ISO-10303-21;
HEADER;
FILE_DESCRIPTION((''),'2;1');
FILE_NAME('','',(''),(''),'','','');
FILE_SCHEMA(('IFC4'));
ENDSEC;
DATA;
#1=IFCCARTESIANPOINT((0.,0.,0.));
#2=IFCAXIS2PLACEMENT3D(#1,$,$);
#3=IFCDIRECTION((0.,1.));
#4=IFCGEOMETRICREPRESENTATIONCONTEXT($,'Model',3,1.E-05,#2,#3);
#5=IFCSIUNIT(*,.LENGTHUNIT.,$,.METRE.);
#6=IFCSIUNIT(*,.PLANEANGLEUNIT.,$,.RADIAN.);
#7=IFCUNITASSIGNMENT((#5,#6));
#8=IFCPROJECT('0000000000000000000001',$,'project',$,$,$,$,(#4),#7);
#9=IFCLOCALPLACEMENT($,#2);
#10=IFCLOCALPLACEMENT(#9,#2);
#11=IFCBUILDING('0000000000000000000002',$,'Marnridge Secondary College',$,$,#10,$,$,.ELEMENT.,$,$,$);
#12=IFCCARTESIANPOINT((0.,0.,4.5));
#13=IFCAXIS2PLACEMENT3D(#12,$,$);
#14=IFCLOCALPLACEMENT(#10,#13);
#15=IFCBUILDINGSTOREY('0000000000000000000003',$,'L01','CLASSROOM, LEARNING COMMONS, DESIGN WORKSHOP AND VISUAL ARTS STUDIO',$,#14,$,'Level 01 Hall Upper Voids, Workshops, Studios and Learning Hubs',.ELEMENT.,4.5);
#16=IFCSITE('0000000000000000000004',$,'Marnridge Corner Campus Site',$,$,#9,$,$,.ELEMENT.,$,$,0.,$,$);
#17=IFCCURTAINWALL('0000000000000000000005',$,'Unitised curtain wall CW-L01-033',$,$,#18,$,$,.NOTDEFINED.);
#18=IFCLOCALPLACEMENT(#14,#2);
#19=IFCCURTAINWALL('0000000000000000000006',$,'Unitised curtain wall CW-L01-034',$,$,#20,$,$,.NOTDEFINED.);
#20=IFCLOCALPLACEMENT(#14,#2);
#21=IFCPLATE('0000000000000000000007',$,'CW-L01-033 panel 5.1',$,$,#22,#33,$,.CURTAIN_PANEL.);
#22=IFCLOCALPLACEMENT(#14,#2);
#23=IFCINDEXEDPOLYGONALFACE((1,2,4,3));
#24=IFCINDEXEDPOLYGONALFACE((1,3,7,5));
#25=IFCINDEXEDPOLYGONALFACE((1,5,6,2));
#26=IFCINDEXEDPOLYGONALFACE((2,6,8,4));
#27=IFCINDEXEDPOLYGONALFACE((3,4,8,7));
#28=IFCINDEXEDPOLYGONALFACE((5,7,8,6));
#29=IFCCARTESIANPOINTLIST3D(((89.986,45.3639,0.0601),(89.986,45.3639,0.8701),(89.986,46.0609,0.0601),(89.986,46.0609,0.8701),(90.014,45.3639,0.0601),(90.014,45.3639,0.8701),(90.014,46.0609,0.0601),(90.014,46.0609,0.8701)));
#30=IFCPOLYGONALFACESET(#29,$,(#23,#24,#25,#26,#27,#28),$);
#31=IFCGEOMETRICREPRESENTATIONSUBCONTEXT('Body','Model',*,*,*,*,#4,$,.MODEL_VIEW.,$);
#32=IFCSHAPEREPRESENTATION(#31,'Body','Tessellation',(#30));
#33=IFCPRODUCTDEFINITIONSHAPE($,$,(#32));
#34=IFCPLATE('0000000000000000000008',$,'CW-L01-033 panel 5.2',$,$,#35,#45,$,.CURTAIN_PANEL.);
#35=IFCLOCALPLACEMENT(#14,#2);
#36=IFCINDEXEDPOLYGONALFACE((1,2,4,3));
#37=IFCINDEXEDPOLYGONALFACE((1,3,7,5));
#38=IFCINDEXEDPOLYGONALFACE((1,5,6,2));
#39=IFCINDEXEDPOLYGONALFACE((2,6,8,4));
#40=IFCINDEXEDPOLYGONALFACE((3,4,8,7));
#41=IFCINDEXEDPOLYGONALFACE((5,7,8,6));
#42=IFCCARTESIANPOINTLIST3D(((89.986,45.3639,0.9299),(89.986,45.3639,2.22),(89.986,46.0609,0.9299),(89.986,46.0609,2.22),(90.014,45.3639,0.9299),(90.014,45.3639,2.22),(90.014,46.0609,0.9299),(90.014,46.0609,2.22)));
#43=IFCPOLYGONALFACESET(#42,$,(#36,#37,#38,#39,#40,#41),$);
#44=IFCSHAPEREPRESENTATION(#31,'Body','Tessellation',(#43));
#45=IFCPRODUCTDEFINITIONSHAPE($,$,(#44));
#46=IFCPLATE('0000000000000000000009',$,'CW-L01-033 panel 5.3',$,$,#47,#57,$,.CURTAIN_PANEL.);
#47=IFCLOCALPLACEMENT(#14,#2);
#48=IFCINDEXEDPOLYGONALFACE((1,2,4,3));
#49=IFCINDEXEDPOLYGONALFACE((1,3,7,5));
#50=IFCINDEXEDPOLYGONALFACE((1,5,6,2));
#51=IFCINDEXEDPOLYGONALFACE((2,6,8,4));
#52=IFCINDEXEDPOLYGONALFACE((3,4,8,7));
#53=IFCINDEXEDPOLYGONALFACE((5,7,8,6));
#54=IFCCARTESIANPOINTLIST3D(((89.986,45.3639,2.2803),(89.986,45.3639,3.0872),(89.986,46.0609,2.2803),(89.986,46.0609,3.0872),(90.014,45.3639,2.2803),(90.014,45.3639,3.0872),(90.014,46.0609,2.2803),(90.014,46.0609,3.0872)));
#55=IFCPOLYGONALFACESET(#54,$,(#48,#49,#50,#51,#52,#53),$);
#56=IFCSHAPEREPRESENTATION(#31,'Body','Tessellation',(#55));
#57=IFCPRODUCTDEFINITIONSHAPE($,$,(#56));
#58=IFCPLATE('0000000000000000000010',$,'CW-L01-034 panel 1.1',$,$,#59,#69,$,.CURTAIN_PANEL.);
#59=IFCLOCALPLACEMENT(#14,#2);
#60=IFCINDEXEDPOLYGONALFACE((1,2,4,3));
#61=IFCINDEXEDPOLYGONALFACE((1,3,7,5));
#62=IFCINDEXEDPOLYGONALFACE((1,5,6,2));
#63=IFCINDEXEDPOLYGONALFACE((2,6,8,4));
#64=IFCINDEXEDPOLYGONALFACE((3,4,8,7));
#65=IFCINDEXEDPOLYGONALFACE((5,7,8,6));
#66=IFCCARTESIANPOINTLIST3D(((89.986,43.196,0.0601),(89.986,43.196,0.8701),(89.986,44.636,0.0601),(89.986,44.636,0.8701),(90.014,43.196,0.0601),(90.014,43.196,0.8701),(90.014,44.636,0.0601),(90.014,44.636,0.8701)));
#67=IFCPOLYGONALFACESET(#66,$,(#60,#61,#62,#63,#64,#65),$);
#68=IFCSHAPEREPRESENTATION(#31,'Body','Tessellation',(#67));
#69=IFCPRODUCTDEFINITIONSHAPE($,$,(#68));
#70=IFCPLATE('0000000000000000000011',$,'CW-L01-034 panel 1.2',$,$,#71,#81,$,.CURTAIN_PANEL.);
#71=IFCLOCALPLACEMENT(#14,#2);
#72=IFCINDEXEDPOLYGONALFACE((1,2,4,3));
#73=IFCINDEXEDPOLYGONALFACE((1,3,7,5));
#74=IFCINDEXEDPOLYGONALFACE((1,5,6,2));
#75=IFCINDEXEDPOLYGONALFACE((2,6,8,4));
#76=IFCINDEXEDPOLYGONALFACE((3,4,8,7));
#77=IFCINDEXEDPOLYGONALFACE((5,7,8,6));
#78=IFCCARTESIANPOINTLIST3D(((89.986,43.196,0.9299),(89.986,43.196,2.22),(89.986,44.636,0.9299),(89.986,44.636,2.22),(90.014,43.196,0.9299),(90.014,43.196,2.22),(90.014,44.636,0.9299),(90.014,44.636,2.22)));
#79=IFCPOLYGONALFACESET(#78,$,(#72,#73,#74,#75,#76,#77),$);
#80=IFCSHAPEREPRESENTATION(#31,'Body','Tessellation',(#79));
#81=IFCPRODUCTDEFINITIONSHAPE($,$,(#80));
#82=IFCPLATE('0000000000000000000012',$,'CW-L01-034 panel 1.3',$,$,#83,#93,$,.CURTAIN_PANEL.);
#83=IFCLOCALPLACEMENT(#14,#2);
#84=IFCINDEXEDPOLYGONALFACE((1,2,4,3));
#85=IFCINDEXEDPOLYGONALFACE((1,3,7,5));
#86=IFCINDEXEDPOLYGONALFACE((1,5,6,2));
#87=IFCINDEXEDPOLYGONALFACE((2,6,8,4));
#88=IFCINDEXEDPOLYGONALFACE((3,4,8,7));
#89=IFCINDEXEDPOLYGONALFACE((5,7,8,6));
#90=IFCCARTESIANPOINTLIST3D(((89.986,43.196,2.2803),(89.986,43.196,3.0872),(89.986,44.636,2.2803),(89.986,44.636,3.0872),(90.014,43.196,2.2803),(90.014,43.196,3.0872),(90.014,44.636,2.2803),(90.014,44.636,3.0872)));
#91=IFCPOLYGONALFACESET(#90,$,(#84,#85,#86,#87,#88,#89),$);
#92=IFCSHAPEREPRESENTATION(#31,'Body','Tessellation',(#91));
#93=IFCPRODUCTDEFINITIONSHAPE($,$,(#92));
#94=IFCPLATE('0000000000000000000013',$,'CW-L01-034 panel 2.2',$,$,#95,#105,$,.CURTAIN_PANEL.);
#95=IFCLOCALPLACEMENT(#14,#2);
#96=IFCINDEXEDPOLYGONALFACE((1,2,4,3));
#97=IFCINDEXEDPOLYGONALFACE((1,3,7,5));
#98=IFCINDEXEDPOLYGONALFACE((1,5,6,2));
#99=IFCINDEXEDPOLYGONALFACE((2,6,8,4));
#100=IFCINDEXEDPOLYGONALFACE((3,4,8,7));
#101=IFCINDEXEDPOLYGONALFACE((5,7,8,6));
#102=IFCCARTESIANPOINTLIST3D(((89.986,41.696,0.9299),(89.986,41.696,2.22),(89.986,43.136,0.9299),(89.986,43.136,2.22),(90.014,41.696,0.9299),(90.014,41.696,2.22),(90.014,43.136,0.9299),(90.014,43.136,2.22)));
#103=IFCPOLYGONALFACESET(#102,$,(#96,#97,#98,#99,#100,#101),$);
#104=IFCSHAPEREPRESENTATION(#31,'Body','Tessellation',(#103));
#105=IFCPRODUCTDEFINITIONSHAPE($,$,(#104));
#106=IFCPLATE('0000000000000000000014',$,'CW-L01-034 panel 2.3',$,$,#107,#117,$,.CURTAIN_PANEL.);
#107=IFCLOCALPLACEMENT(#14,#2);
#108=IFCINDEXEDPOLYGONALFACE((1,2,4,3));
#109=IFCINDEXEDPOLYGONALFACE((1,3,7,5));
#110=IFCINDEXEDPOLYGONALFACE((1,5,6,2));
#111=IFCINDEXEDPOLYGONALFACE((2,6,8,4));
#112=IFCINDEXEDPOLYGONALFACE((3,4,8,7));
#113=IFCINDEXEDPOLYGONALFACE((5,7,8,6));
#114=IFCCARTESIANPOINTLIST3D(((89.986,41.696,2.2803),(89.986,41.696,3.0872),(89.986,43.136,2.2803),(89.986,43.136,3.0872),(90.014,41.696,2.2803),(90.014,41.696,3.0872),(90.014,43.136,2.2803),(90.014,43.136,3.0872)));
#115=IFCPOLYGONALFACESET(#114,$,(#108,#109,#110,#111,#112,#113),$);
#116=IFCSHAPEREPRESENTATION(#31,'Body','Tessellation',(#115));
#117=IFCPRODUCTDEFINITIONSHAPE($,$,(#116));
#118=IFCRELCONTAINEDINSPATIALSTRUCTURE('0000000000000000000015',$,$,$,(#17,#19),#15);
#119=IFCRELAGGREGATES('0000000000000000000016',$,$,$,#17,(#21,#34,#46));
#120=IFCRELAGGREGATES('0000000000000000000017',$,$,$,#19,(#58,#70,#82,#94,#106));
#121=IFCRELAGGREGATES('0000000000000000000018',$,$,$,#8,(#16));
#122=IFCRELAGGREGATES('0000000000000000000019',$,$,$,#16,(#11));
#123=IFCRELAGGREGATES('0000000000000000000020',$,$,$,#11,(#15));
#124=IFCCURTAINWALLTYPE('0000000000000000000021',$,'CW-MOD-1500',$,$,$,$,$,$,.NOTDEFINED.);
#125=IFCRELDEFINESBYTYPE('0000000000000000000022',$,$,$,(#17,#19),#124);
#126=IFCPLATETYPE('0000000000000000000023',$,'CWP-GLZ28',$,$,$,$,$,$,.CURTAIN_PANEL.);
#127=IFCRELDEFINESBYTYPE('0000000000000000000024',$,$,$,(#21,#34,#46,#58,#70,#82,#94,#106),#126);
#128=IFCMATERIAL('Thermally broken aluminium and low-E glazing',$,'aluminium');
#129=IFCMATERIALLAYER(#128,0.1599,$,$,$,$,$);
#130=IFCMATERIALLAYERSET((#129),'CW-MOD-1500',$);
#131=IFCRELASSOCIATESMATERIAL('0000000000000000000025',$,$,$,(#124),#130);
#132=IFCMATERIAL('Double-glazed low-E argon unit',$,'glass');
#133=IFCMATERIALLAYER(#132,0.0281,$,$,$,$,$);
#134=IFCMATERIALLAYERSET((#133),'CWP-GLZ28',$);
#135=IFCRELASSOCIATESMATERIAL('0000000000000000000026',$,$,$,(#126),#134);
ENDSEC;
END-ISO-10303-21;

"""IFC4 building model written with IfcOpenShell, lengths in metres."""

from ifc_helpers import new_model, si_unit, direction, frame, origin, origin_2d, place, context, subcontext, project, spatial, rectangle, extrude, material, layer, layer_set, type_object, element, aggregate, save


model = new_model("IFC4")

# Units and contexts
model_context = context("Model", 3, precision=1e-05, world=origin(), true_north=direction((0.0, 1.0)))
body_context = subcontext(model_context, "Body", "Model", "MODEL_VIEW")
ifc_project = project(units=[si_unit("LENGTHUNIT", "METRE"), si_unit("PLANEANGLEUNIT", "RADIAN")], contexts=[model_context])

# Site, building, storey
site_placement = place(None, origin())
site = spatial("IfcSite", under=ifc_project, at=site_placement, Name="Marnridge Corner Campus Site", CompositionType="ELEMENT", RefElevation=0.0)
building_placement = place(site_placement, origin())
building = spatial("IfcBuilding", under=site, at=building_placement, Name="Marnridge Secondary College", CompositionType="ELEMENT")
storey_placement = place(building_placement, frame((0.0, 0.0, 4.5)))
storey = spatial("IfcBuildingStorey", under=building, at=storey_placement, Name="L01", Description="CLASSROOM, LEARNING COMMONS, DESIGN WORKSHOP AND VISUAL ARTS STUDIO", LongName="Level 01 Hall Upper Voids, Workshops, Studios and Learning Hubs", CompositionType="ELEMENT", Elevation=4.5)

# Curtain wall
ifc_material_1 = material(Name="Thermally broken aluminium and low-E glazing", Category="aluminium")
ifc_layer_1 = layer(ifc_material_1, 0.1599)
ifc_layer_set_1 = layer_set([ifc_layer_1], Name="CW-MOD-1500")
curtain_wall_type = type_object("IfcCurtainWallType", Name="CW-MOD-1500", PredefinedType="NOTDEFINED", material=ifc_layer_set_1)
curtain_wall_1_placement = place(storey_placement, origin())
curtain_wall_1 = element("IfcCurtainWall", 1, at=curtain_wall_1_placement, inside=storey, type_object=curtain_wall_type, Name="Unitised curtain wall CW-L01-033", PredefinedType="NOTDEFINED")

# Curtain wall
curtain_wall_2_placement = place(storey_placement, origin())
curtain_wall_2 = element("IfcCurtainWall", 2, at=curtain_wall_2_placement, inside=storey, type_object=curtain_wall_type, Name="Unitised curtain wall CW-L01-034", PredefinedType="NOTDEFINED")

# Plates
ifc_material_2 = material(Name="Double-glazed low-E argon unit", Category="glass")
ifc_layer_2 = layer(ifc_material_2, 0.0281)
ifc_layer_set_2 = layer_set([ifc_layer_2], Name="CWP-GLZ28")
plate_type = type_object("IfcPlateType", Name="CWP-GLZ28", PredefinedType="CURTAIN_PANEL", material=ifc_layer_set_2)
plate_1_placement = place(storey_placement, frame((90.0, 45.7124, 0.0601), z_axis=(0.0, 0.0, 1.0), x_axis=(0.0, -1.0, 0.0)))
plate_1 = element("IfcPlate", 3, at=plate_1_placement, type_object=plate_type, Name="CW-L01-033 panel 5.1", PredefinedType="CURTAIN_PANEL", context=body_context, shape_type="SweptSolid", body=[
    extrude(rectangle(XDim=0.697, YDim=0.0281, at=origin_2d()), origin(), (0.0, 0.0, 1.0), 0.8101),
])
plate_2_placement = place(storey_placement, frame((90.0, 45.7124, 0.9299), z_axis=(0.0, 0.0, 1.0), x_axis=(0.0, -1.0, 0.0)))
plate_2 = element("IfcPlate", 4, at=plate_2_placement, type_object=plate_type, Name="CW-L01-033 panel 5.2", PredefinedType="CURTAIN_PANEL", context=body_context, shape_type="SweptSolid", body=[
    extrude(rectangle(XDim=0.697, YDim=0.0281, at=origin_2d()), origin(), (0.0, 0.0, 1.0), 1.29),
])
plate_3_placement = place(storey_placement, frame((90.0, 45.7124, 2.2803), z_axis=(0.0, 0.0, 1.0), x_axis=(0.0, -1.0, 0.0)))
plate_3 = element("IfcPlate", 5, at=plate_3_placement, type_object=plate_type, Name="CW-L01-033 panel 5.3", PredefinedType="CURTAIN_PANEL", context=body_context, shape_type="SweptSolid", body=[
    extrude(rectangle(XDim=0.697, YDim=0.0281, at=origin_2d()), origin(), (0.0, 0.0, 1.0), 0.8069),
])
aggregate(curtain_wall_1, [plate_1, plate_2, plate_3])
plate_4_placement = place(storey_placement, frame((90.0, 43.916, 0.0601), z_axis=(0.0, 0.0, 1.0), x_axis=(0.0, -1.0, 0.0)))
plate_4 = element("IfcPlate", 6, at=plate_4_placement, type_object=plate_type, Name="CW-L01-034 panel 1.1", PredefinedType="CURTAIN_PANEL", context=body_context, shape_type="SweptSolid", body=[
    extrude(rectangle(XDim=1.4399, YDim=0.0281, at=origin_2d()), origin(), (0.0, 0.0, 1.0), 0.8101),
])
plate_5_placement = place(storey_placement, frame((90.0, 43.916, 0.9299), z_axis=(0.0, 0.0, 1.0), x_axis=(0.0, -1.0, 0.0)))
plate_5 = element("IfcPlate", 7, at=plate_5_placement, type_object=plate_type, Name="CW-L01-034 panel 1.2", PredefinedType="CURTAIN_PANEL", context=body_context, shape_type="SweptSolid", body=[
    extrude(rectangle(XDim=1.4399, YDim=0.0281, at=origin_2d()), origin(), (0.0, 0.0, 1.0), 1.29),
])
plate_6_placement = place(storey_placement, frame((90.0, 43.916, 2.2803), z_axis=(0.0, 0.0, 1.0), x_axis=(0.0, -1.0, 0.0)))
plate_6 = element("IfcPlate", 8, at=plate_6_placement, type_object=plate_type, Name="CW-L01-034 panel 1.3", PredefinedType="CURTAIN_PANEL", context=body_context, shape_type="SweptSolid", body=[
    extrude(rectangle(XDim=1.4399, YDim=0.0281, at=origin_2d()), origin(), (0.0, 0.0, 1.0), 0.8069),
])
plate_7_placement = place(storey_placement, frame((90.0, 42.416, 0.9299), z_axis=(0.0, 0.0, 1.0), x_axis=(0.0, -1.0, 0.0)))
plate_7 = element("IfcPlate", 9, at=plate_7_placement, type_object=plate_type, Name="CW-L01-034 panel 2.2", PredefinedType="CURTAIN_PANEL", context=body_context, shape_type="SweptSolid", body=[
    extrude(rectangle(XDim=1.4399, YDim=0.0281, at=origin_2d()), origin(), (0.0, 0.0, 1.0), 1.29),
])
plate_8_placement = place(storey_placement, frame((90.0, 42.416, 2.2803), z_axis=(0.0, 0.0, 1.0), x_axis=(0.0, -1.0, 0.0)))
plate_8 = element("IfcPlate", 10, at=plate_8_placement, type_object=plate_type, Name="CW-L01-034 panel 2.3", PredefinedType="CURTAIN_PANEL", context=body_context, shape_type="SweptSolid", body=[
    extrude(rectangle(XDim=1.4399, YDim=0.0281, at=origin_2d()), origin(), (0.0, 0.0, 1.0), 0.8069),
])
aggregate(curtain_wall_2, [plate_4, plate_5, plate_6, plate_7, plate_8])

save(model, "model.ifc")
